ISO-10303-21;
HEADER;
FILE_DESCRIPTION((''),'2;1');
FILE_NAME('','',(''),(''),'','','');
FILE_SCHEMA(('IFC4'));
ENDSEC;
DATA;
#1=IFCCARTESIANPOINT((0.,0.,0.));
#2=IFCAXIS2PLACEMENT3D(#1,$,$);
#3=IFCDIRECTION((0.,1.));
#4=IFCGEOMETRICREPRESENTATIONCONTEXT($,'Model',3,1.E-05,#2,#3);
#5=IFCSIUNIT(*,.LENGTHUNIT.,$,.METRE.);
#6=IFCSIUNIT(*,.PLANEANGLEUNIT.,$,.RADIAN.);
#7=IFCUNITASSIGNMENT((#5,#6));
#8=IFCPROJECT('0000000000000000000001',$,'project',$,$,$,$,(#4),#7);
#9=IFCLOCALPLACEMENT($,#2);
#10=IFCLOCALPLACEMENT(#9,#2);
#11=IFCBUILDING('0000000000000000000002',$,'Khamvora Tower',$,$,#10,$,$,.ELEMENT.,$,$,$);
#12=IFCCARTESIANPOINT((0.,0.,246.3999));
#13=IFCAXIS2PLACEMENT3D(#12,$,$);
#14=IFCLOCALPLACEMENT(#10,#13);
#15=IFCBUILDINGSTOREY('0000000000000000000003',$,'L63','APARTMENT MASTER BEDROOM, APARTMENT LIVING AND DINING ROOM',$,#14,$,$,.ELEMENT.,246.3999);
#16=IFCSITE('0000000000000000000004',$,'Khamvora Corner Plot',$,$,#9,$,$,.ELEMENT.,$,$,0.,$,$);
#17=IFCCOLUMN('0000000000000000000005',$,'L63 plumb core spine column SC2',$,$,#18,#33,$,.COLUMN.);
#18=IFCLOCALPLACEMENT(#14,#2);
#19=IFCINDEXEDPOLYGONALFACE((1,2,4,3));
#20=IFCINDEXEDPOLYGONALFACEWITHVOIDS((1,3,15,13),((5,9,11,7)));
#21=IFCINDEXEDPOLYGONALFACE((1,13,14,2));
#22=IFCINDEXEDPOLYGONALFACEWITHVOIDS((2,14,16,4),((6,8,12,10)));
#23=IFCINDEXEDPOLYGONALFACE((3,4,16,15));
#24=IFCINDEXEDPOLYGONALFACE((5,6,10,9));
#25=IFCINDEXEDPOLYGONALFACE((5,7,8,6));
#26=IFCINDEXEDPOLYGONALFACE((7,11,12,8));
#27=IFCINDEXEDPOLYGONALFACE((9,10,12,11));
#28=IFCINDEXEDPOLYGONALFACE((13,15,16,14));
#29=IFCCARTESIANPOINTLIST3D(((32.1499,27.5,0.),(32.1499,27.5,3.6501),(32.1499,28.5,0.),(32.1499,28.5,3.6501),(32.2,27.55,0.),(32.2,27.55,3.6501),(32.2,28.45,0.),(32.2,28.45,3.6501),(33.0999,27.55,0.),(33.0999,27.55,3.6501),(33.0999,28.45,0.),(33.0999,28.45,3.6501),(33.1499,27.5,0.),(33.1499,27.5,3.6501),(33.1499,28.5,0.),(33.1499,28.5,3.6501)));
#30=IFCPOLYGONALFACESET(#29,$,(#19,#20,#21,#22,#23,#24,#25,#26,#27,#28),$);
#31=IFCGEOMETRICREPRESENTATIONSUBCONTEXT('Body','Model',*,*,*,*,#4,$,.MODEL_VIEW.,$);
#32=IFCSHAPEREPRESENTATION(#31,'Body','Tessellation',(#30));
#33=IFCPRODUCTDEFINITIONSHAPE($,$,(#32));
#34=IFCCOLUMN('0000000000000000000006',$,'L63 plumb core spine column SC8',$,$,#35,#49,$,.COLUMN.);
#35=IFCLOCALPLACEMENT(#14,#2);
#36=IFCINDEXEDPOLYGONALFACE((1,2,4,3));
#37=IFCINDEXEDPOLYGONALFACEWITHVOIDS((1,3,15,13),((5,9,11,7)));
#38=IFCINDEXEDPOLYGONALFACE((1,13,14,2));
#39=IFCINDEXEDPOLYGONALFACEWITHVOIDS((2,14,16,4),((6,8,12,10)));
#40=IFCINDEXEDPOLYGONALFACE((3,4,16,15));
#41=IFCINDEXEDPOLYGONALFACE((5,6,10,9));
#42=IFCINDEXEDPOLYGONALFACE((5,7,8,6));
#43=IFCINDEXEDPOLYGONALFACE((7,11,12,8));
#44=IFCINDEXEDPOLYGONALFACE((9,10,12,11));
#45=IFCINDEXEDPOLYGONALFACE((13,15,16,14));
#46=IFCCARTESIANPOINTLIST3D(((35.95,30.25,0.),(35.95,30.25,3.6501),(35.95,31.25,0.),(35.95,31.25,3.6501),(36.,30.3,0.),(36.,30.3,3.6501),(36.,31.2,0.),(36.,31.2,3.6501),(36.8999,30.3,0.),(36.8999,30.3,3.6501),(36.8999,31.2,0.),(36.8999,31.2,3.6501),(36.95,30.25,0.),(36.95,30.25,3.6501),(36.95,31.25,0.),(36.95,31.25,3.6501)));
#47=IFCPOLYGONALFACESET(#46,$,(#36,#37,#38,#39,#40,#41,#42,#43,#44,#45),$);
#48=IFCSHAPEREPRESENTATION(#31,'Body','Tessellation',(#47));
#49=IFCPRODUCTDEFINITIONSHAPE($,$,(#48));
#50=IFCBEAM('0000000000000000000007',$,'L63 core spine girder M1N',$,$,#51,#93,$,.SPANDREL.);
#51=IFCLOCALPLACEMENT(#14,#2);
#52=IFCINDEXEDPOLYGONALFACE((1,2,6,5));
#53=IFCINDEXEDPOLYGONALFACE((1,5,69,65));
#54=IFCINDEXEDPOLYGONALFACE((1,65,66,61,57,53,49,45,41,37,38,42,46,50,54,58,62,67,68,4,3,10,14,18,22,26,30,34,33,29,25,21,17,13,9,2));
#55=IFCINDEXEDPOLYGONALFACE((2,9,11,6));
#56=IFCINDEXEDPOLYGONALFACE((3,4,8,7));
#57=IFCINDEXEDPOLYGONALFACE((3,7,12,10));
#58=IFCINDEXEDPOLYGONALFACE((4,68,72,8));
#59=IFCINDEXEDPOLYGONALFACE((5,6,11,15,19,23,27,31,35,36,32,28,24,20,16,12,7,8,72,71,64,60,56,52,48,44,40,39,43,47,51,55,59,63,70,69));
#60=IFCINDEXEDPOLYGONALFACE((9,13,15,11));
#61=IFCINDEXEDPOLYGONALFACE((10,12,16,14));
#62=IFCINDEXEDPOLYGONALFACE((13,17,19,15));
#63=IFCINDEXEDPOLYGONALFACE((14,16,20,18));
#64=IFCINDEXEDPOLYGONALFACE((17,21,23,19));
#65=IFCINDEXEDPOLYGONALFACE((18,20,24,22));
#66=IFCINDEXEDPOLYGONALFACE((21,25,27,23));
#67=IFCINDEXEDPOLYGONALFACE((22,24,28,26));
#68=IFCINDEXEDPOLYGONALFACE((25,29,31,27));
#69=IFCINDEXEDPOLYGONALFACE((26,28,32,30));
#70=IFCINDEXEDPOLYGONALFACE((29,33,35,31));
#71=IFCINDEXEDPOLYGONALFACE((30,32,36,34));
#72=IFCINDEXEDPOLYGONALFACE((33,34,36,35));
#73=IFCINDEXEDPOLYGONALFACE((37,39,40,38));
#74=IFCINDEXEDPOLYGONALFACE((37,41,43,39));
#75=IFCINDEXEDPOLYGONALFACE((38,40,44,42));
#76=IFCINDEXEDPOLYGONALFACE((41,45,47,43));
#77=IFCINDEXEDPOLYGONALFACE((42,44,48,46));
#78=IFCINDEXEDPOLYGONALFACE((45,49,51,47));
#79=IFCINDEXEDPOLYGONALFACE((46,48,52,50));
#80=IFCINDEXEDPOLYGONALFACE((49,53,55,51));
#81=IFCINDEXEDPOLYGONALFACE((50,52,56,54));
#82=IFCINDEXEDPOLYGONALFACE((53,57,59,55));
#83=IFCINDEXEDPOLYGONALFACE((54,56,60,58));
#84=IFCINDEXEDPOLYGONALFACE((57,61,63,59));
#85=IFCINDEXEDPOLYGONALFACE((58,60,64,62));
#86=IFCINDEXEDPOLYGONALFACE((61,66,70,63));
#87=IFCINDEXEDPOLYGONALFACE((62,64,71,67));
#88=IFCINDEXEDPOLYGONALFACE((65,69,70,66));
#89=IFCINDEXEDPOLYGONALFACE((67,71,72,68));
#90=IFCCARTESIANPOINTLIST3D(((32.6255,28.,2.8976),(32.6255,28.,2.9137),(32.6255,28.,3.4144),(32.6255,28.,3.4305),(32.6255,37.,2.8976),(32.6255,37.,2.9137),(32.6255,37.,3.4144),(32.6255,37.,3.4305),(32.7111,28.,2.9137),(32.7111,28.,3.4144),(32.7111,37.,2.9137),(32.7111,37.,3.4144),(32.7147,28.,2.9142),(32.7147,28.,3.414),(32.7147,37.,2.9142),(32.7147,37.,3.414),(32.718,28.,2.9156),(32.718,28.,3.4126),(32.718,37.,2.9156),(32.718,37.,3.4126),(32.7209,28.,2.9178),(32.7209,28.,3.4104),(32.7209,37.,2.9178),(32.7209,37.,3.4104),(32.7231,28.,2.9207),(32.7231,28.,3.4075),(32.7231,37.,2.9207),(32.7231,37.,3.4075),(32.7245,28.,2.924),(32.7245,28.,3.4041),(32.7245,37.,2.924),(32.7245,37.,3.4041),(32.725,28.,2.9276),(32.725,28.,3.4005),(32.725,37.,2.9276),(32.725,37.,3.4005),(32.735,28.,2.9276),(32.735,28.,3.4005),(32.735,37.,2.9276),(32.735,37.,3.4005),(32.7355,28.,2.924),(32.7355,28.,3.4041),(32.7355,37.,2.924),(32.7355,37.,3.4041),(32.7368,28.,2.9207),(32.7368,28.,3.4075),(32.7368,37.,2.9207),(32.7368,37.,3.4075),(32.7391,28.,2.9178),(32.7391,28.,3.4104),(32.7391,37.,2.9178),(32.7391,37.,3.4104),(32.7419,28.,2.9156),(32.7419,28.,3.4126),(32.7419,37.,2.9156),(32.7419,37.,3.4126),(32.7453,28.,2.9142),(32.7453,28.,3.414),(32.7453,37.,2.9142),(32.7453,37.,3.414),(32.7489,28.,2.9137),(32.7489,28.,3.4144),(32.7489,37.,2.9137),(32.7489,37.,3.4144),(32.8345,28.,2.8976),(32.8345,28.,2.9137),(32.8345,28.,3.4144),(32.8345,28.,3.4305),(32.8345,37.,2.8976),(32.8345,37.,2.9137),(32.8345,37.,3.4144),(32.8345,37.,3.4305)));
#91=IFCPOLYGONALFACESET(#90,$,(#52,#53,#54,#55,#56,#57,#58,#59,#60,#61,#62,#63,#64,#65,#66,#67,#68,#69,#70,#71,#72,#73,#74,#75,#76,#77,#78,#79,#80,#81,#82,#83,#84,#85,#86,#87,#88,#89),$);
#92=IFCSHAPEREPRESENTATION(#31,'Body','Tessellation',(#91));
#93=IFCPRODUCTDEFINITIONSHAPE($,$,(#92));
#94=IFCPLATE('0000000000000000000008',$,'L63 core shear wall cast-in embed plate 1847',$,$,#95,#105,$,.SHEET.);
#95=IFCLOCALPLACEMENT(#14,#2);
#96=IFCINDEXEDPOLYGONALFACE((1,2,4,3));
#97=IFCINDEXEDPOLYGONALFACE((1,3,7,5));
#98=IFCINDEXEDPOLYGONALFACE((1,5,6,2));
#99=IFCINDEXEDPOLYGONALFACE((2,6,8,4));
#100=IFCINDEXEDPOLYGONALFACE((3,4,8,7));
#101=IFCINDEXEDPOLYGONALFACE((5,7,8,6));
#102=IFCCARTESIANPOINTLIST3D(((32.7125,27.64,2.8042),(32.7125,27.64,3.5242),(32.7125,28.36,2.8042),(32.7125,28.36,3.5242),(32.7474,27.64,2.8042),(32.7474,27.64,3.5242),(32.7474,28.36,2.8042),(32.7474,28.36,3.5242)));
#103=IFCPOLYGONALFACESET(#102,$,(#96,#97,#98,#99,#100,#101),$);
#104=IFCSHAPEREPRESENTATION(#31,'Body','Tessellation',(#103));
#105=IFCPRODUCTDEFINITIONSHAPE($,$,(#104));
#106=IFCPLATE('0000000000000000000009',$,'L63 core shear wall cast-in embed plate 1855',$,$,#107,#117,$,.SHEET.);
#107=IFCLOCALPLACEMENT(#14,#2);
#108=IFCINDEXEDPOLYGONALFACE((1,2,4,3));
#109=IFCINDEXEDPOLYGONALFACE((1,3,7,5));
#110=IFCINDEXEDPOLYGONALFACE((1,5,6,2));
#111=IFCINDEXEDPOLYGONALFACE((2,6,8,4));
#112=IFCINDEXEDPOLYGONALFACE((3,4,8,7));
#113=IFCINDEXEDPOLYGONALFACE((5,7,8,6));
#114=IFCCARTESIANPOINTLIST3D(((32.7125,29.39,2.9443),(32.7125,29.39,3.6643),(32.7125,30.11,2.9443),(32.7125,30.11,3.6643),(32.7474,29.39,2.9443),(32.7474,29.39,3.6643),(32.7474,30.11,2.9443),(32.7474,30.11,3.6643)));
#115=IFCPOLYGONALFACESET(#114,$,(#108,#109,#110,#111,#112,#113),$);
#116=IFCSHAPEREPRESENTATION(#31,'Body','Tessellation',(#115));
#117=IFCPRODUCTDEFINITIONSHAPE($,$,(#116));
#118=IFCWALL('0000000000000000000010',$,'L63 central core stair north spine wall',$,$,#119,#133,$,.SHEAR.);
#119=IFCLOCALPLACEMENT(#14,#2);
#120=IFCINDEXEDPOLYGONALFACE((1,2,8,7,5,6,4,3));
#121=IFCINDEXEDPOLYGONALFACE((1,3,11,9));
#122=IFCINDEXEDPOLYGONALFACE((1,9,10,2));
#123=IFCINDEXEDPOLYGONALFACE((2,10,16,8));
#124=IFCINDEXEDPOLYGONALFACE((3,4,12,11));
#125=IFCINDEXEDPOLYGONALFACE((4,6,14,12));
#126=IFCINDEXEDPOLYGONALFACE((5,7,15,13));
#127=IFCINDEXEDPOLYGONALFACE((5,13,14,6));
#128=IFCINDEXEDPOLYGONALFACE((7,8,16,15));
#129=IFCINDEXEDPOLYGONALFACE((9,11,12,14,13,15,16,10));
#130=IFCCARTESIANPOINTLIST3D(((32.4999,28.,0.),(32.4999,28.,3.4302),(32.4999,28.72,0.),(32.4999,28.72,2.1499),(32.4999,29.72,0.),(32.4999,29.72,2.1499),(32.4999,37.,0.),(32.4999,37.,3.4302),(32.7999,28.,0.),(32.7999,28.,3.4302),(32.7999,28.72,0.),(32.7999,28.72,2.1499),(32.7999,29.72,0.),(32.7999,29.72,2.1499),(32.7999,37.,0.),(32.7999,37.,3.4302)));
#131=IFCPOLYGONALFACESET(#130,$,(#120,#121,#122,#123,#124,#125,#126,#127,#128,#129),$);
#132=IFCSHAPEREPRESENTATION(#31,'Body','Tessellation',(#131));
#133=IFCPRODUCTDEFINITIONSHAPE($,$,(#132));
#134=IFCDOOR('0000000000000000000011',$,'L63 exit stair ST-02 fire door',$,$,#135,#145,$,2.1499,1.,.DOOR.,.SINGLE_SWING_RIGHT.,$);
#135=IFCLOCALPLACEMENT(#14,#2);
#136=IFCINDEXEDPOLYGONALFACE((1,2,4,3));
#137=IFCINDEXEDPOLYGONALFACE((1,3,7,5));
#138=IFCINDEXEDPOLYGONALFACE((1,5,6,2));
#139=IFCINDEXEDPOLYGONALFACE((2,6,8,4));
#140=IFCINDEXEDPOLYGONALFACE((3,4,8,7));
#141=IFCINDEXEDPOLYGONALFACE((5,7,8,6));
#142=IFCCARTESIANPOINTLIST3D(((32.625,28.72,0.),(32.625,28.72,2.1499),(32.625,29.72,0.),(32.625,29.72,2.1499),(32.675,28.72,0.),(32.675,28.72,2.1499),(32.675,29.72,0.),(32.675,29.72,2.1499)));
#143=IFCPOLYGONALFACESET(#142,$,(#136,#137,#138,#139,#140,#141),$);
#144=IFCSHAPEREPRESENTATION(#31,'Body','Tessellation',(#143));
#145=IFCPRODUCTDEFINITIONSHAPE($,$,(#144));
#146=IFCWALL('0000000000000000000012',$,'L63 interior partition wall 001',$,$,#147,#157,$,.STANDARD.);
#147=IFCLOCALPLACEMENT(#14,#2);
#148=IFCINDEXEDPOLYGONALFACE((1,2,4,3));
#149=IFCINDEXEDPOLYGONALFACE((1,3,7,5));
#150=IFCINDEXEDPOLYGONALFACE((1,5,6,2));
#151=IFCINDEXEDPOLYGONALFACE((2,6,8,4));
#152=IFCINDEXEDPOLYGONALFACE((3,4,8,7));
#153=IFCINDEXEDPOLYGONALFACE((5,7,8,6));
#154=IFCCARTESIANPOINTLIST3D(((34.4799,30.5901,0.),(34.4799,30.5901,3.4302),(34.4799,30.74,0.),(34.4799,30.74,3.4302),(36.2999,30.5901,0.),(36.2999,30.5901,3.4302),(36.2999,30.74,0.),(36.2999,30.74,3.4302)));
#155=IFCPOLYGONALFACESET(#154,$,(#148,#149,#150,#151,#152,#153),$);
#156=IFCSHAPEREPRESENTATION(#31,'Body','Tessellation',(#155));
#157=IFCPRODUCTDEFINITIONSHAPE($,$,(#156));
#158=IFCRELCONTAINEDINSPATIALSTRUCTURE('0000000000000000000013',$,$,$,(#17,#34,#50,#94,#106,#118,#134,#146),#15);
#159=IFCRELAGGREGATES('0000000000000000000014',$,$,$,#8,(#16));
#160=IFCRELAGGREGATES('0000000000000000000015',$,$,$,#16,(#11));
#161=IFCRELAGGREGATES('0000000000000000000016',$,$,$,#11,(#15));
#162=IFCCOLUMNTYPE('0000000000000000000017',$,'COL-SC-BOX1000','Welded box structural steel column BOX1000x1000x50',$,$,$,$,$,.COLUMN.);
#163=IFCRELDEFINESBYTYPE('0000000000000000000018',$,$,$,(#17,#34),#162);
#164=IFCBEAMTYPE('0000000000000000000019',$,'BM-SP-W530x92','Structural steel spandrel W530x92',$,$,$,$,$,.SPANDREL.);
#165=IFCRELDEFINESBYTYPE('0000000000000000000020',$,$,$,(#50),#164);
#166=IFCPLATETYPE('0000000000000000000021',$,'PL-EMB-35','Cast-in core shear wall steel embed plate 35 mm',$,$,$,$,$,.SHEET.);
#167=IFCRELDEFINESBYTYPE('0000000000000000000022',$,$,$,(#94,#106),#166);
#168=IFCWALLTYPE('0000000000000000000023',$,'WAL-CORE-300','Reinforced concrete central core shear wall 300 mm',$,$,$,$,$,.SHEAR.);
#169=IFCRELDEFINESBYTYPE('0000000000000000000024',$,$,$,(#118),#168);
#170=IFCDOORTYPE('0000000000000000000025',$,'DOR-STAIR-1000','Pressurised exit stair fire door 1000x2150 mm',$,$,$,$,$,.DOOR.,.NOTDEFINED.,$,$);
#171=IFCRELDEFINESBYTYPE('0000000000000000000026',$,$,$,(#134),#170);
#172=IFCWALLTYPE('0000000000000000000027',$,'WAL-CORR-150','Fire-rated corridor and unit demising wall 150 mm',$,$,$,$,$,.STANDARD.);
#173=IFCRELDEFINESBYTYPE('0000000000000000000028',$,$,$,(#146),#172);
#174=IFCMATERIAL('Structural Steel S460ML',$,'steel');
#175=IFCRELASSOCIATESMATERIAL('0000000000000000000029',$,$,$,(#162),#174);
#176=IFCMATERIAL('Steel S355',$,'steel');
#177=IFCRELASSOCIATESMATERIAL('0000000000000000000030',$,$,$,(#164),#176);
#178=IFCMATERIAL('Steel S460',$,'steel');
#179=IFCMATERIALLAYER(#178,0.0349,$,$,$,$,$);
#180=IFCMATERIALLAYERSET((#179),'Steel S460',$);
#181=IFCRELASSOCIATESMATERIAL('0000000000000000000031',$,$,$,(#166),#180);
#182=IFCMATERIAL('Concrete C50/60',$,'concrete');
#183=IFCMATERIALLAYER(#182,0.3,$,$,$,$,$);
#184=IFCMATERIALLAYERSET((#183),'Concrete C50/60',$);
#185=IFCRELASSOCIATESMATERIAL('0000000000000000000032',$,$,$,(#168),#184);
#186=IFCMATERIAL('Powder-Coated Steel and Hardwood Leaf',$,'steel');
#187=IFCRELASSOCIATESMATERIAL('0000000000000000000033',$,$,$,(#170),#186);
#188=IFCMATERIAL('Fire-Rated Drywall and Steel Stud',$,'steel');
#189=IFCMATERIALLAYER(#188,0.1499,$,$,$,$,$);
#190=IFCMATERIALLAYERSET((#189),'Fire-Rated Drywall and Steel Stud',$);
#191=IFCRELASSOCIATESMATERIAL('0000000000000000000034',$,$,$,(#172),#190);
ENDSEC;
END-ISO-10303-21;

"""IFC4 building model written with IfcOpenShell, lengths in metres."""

from ifc_helpers import new_model, si_unit, direction, frame, frame_2d, origin, origin_2d, place, context, subcontext, project, spatial, rectangle, hollow_rectangle, i_section, extrude, material, layer, layer_set, material_profile, profile_set, type_object, element, fill, save


model = new_model("IFC4")

# Units and contexts
model_context = context("Model", 3, precision=1e-05, world=origin(), true_north=direction((0.0, 1.0)))
body_context = subcontext(model_context, "Body", "Model", "MODEL_VIEW")
ifc_project = project(units=[si_unit("LENGTHUNIT", "METRE"), si_unit("PLANEANGLEUNIT", "RADIAN")], contexts=[model_context])

# Site, building, storey
site_placement = place(None, origin())
site = spatial("IfcSite", under=ifc_project, at=site_placement, Name="Khamvora Corner Plot", CompositionType="ELEMENT", RefElevation=0.0)
building_placement = place(site_placement, origin())
building = spatial("IfcBuilding", under=site, at=building_placement, Name="Khamvora Tower", CompositionType="ELEMENT")
storey_placement = place(building_placement, frame((0.0, 0.0, 246.3999)))
storey = spatial("IfcBuildingStorey", under=building, at=storey_placement, Name="L63", Description="APARTMENT MASTER BEDROOM, APARTMENT LIVING AND DINING ROOM", CompositionType="ELEMENT", Elevation=246.3999)

# Columns
ifc_material_1 = material(Name="Structural Steel S460ML", Category="steel")
ifc_material_profile_1 = material_profile(ifc_material_1, hollow_rectangle(XDim=1.0, YDim=1.0, WallThickness=0.05, at=origin_2d()), Name="BOX1000x1000x50")
ifc_profile_set_1 = profile_set([ifc_material_profile_1], Name="Structural Steel S460ML")
column_type = type_object("IfcColumnType", Name="COL-SC-BOX1000", Description="Welded box structural steel column BOX1000x1000x50", PredefinedType="COLUMN", material=ifc_profile_set_1)
for number, where, z_axis, x_axis, name in (
    (1, (32.6499, 28.0, 0.0), (0.0, 0.0, 1.0), (1.0, 0.0, 0.0), "L63 plumb core spine column SC2"),
    (2, (36.45, 30.75, 0.0), (0.0, 0.0, 1.0), (1.0, 0.0, 0.0), "L63 plumb core spine column SC8"),
):
    element("IfcColumn", number, at=place(storey_placement, frame(where, z_axis=z_axis, x_axis=x_axis)), inside=storey, type_object=column_type, Name=name, PredefinedType="COLUMN", context=body_context, shape_type="SweptSolid", body=[
        extrude(hollow_rectangle(XDim=1.0, YDim=1.0, WallThickness=0.05, at=origin_2d()), origin(), (0.0, 0.0, 1.0), 3.6501),
    ])

# Beam
ifc_material_2 = material(Name="Steel S355", Category="steel")
ifc_material_profile_2 = material_profile(ifc_material_2, i_section(OverallWidth=0.209, OverallDepth=0.533, WebThickness=0.01, FlangeThickness=0.0161, FilletRadius=0.0139, at=origin_2d()), Name="W530x92")
ifc_profile_set_2 = profile_set([ifc_material_profile_2], Name="Steel S355")
beam_type = type_object("IfcBeamType", Name="BM-SP-W530x92", Description="Structural steel spandrel W530x92", PredefinedType="SPANDREL", material=ifc_profile_set_2)
beam_placement = place(storey_placement, frame((32.73, 28.0, 3.1641), z_axis=(0.0, 1.0, 0.0), x_axis=(-1.0, 0.0, 0.0)))
element("IfcBeam", 3, at=beam_placement, inside=storey, type_object=beam_type, Name="L63 core spine girder M1N", PredefinedType="SPANDREL", context=body_context, shape_type="SweptSolid", body=[
    extrude(i_section(OverallWidth=0.209, OverallDepth=0.533, WebThickness=0.01, FlangeThickness=0.0161, FilletRadius=0.0139, at=origin_2d()), origin(), (0.0, 0.0, 1.0), 9.0),
])

# Plates
ifc_material_3 = material(Name="Steel S460", Category="steel")
ifc_layer_1 = layer(ifc_material_3, 0.0349)
ifc_layer_set_1 = layer_set([ifc_layer_1], Name="Steel S460")
plate_type = type_object("IfcPlateType", Name="PL-EMB-35", Description="Cast-in core shear wall steel embed plate 35 mm", PredefinedType="SHEET", material=ifc_layer_set_1)
for number, where, z_axis, x_axis, name in (
    (4, (32.73, 28.0, 2.8042), (0.0, 0.0, 1.0), (1.0, 0.0, 0.0), "L63 core shear wall cast-in embed plate 1847"),
    (5, (32.73, 29.75, 2.9443), (0.0, 0.0, 1.0), (1.0, 0.0, 0.0), "L63 core shear wall cast-in embed plate 1855"),
):
    element("IfcPlate", number, at=place(storey_placement, frame(where, z_axis=z_axis, x_axis=x_axis)), inside=storey, type_object=plate_type, Name=name, PredefinedType="SHEET", context=body_context, shape_type="SweptSolid", body=[
        extrude(rectangle(XDim=0.0349, YDim=0.72, at=origin_2d()), origin(), (0.0, 0.0, 1.0), 0.72),
    ])

# Wall, opening, door
ifc_material_4 = material(Name="Concrete C50/60", Category="concrete")
ifc_layer_2 = layer(ifc_material_4, 0.3)
ifc_layer_set_2 = layer_set([ifc_layer_2], Name="Concrete C50/60")
wall_type_1 = type_object("IfcWallType", Name="WAL-CORE-300", Description="Reinforced concrete central core shear wall 300 mm", PredefinedType="SHEAR", material=ifc_layer_set_2)
wall_1_placement = place(storey_placement, frame((32.6499, 28.0, 0.0), z_axis=(0.0, 0.0, 1.0), x_axis=(0.0, 1.0, 0.0)))
wall_1 = element("IfcWall", 6, at=wall_1_placement, inside=storey, type_object=wall_type_1, Name="L63 central core stair north spine wall", PredefinedType="SHEAR", context=body_context, shape_type="SweptSolid", body=[
    extrude(rectangle(XDim=9.0, YDim=0.3, at=frame_2d((4.5, 0.0))), origin(), (0.0, 0.0, 1.0), 3.4302),
])
opening_1_placement = place(wall_1_placement, frame((0.72, 0.0, 0.0)))
opening_1 = element("IfcOpeningElement", 7, at=opening_1_placement, cuts=wall_1, PredefinedType="OPENING", context=body_context, shape_type="SweptSolid", body=[
    extrude(rectangle(XDim=1.0, YDim=2.1499, at=frame_2d((0.5, 1.075))), frame((0.0, 0.1599, 0.0), z_axis=(0.0, -1.0, 0.0), x_axis=(1.0, 0.0, 0.0)), (0.0, 0.0, 1.0), 0.3201),
])
ifc_material_5 = material(Name="Powder-Coated Steel and Hardwood Leaf", Category="steel")
door_type_1 = type_object("IfcDoorType", Name="DOR-STAIR-1000", Description="Pressurised exit stair fire door 1000x2150 mm", OperationType="NOTDEFINED", PredefinedType="DOOR", material=ifc_material_5)
door_1_placement = place(opening_1_placement, origin())
door_1 = element("IfcDoor", 8, at=door_1_placement, inside=storey, type_object=door_type_1, Name="L63 exit stair ST-02 fire door", OperationType="SINGLE_SWING_RIGHT", OverallHeight=2.1499, OverallWidth=1.0, PredefinedType="DOOR", context=body_context, shape_type="SweptSolid", body=[
    extrude(rectangle(XDim=1.0, YDim=2.1499, at=frame_2d((0.5, 1.075))), frame((0.0, 0.0249, 0.0), z_axis=(0.0, -1.0, 0.0), x_axis=(1.0, 0.0, 0.0)), (0.0, 0.0, 1.0), 0.05),
])
fill(opening_1, door_1)

# Wall
ifc_material_6 = material(Name="Fire-Rated Drywall and Steel Stud", Category="steel")
ifc_layer_3 = layer(ifc_material_6, 0.1499)
ifc_layer_set_3 = layer_set([ifc_layer_3], Name="Fire-Rated Drywall and Steel Stud")
wall_type_2 = type_object("IfcWallType", Name="WAL-CORR-150", Description="Fire-rated corridor and unit demising wall 150 mm", PredefinedType="STANDARD", material=ifc_layer_set_3)
wall_2_placement = place(storey_placement, frame((36.3, 30.665, 0.0), z_axis=(0.0, 0.0, 1.0), x_axis=(-1.0, 0.0, 0.0)))
element("IfcWall", 9, at=wall_2_placement, inside=storey, type_object=wall_type_2, Name="L63 interior partition wall 001", PredefinedType="STANDARD", context=body_context, shape_type="SweptSolid", body=[
    extrude(rectangle(XDim=1.8201, YDim=0.1499, at=frame_2d((0.9102, 0.0))), origin(), (0.0, 0.0, 1.0), 3.4302),
])

save(model, "model.ifc")
